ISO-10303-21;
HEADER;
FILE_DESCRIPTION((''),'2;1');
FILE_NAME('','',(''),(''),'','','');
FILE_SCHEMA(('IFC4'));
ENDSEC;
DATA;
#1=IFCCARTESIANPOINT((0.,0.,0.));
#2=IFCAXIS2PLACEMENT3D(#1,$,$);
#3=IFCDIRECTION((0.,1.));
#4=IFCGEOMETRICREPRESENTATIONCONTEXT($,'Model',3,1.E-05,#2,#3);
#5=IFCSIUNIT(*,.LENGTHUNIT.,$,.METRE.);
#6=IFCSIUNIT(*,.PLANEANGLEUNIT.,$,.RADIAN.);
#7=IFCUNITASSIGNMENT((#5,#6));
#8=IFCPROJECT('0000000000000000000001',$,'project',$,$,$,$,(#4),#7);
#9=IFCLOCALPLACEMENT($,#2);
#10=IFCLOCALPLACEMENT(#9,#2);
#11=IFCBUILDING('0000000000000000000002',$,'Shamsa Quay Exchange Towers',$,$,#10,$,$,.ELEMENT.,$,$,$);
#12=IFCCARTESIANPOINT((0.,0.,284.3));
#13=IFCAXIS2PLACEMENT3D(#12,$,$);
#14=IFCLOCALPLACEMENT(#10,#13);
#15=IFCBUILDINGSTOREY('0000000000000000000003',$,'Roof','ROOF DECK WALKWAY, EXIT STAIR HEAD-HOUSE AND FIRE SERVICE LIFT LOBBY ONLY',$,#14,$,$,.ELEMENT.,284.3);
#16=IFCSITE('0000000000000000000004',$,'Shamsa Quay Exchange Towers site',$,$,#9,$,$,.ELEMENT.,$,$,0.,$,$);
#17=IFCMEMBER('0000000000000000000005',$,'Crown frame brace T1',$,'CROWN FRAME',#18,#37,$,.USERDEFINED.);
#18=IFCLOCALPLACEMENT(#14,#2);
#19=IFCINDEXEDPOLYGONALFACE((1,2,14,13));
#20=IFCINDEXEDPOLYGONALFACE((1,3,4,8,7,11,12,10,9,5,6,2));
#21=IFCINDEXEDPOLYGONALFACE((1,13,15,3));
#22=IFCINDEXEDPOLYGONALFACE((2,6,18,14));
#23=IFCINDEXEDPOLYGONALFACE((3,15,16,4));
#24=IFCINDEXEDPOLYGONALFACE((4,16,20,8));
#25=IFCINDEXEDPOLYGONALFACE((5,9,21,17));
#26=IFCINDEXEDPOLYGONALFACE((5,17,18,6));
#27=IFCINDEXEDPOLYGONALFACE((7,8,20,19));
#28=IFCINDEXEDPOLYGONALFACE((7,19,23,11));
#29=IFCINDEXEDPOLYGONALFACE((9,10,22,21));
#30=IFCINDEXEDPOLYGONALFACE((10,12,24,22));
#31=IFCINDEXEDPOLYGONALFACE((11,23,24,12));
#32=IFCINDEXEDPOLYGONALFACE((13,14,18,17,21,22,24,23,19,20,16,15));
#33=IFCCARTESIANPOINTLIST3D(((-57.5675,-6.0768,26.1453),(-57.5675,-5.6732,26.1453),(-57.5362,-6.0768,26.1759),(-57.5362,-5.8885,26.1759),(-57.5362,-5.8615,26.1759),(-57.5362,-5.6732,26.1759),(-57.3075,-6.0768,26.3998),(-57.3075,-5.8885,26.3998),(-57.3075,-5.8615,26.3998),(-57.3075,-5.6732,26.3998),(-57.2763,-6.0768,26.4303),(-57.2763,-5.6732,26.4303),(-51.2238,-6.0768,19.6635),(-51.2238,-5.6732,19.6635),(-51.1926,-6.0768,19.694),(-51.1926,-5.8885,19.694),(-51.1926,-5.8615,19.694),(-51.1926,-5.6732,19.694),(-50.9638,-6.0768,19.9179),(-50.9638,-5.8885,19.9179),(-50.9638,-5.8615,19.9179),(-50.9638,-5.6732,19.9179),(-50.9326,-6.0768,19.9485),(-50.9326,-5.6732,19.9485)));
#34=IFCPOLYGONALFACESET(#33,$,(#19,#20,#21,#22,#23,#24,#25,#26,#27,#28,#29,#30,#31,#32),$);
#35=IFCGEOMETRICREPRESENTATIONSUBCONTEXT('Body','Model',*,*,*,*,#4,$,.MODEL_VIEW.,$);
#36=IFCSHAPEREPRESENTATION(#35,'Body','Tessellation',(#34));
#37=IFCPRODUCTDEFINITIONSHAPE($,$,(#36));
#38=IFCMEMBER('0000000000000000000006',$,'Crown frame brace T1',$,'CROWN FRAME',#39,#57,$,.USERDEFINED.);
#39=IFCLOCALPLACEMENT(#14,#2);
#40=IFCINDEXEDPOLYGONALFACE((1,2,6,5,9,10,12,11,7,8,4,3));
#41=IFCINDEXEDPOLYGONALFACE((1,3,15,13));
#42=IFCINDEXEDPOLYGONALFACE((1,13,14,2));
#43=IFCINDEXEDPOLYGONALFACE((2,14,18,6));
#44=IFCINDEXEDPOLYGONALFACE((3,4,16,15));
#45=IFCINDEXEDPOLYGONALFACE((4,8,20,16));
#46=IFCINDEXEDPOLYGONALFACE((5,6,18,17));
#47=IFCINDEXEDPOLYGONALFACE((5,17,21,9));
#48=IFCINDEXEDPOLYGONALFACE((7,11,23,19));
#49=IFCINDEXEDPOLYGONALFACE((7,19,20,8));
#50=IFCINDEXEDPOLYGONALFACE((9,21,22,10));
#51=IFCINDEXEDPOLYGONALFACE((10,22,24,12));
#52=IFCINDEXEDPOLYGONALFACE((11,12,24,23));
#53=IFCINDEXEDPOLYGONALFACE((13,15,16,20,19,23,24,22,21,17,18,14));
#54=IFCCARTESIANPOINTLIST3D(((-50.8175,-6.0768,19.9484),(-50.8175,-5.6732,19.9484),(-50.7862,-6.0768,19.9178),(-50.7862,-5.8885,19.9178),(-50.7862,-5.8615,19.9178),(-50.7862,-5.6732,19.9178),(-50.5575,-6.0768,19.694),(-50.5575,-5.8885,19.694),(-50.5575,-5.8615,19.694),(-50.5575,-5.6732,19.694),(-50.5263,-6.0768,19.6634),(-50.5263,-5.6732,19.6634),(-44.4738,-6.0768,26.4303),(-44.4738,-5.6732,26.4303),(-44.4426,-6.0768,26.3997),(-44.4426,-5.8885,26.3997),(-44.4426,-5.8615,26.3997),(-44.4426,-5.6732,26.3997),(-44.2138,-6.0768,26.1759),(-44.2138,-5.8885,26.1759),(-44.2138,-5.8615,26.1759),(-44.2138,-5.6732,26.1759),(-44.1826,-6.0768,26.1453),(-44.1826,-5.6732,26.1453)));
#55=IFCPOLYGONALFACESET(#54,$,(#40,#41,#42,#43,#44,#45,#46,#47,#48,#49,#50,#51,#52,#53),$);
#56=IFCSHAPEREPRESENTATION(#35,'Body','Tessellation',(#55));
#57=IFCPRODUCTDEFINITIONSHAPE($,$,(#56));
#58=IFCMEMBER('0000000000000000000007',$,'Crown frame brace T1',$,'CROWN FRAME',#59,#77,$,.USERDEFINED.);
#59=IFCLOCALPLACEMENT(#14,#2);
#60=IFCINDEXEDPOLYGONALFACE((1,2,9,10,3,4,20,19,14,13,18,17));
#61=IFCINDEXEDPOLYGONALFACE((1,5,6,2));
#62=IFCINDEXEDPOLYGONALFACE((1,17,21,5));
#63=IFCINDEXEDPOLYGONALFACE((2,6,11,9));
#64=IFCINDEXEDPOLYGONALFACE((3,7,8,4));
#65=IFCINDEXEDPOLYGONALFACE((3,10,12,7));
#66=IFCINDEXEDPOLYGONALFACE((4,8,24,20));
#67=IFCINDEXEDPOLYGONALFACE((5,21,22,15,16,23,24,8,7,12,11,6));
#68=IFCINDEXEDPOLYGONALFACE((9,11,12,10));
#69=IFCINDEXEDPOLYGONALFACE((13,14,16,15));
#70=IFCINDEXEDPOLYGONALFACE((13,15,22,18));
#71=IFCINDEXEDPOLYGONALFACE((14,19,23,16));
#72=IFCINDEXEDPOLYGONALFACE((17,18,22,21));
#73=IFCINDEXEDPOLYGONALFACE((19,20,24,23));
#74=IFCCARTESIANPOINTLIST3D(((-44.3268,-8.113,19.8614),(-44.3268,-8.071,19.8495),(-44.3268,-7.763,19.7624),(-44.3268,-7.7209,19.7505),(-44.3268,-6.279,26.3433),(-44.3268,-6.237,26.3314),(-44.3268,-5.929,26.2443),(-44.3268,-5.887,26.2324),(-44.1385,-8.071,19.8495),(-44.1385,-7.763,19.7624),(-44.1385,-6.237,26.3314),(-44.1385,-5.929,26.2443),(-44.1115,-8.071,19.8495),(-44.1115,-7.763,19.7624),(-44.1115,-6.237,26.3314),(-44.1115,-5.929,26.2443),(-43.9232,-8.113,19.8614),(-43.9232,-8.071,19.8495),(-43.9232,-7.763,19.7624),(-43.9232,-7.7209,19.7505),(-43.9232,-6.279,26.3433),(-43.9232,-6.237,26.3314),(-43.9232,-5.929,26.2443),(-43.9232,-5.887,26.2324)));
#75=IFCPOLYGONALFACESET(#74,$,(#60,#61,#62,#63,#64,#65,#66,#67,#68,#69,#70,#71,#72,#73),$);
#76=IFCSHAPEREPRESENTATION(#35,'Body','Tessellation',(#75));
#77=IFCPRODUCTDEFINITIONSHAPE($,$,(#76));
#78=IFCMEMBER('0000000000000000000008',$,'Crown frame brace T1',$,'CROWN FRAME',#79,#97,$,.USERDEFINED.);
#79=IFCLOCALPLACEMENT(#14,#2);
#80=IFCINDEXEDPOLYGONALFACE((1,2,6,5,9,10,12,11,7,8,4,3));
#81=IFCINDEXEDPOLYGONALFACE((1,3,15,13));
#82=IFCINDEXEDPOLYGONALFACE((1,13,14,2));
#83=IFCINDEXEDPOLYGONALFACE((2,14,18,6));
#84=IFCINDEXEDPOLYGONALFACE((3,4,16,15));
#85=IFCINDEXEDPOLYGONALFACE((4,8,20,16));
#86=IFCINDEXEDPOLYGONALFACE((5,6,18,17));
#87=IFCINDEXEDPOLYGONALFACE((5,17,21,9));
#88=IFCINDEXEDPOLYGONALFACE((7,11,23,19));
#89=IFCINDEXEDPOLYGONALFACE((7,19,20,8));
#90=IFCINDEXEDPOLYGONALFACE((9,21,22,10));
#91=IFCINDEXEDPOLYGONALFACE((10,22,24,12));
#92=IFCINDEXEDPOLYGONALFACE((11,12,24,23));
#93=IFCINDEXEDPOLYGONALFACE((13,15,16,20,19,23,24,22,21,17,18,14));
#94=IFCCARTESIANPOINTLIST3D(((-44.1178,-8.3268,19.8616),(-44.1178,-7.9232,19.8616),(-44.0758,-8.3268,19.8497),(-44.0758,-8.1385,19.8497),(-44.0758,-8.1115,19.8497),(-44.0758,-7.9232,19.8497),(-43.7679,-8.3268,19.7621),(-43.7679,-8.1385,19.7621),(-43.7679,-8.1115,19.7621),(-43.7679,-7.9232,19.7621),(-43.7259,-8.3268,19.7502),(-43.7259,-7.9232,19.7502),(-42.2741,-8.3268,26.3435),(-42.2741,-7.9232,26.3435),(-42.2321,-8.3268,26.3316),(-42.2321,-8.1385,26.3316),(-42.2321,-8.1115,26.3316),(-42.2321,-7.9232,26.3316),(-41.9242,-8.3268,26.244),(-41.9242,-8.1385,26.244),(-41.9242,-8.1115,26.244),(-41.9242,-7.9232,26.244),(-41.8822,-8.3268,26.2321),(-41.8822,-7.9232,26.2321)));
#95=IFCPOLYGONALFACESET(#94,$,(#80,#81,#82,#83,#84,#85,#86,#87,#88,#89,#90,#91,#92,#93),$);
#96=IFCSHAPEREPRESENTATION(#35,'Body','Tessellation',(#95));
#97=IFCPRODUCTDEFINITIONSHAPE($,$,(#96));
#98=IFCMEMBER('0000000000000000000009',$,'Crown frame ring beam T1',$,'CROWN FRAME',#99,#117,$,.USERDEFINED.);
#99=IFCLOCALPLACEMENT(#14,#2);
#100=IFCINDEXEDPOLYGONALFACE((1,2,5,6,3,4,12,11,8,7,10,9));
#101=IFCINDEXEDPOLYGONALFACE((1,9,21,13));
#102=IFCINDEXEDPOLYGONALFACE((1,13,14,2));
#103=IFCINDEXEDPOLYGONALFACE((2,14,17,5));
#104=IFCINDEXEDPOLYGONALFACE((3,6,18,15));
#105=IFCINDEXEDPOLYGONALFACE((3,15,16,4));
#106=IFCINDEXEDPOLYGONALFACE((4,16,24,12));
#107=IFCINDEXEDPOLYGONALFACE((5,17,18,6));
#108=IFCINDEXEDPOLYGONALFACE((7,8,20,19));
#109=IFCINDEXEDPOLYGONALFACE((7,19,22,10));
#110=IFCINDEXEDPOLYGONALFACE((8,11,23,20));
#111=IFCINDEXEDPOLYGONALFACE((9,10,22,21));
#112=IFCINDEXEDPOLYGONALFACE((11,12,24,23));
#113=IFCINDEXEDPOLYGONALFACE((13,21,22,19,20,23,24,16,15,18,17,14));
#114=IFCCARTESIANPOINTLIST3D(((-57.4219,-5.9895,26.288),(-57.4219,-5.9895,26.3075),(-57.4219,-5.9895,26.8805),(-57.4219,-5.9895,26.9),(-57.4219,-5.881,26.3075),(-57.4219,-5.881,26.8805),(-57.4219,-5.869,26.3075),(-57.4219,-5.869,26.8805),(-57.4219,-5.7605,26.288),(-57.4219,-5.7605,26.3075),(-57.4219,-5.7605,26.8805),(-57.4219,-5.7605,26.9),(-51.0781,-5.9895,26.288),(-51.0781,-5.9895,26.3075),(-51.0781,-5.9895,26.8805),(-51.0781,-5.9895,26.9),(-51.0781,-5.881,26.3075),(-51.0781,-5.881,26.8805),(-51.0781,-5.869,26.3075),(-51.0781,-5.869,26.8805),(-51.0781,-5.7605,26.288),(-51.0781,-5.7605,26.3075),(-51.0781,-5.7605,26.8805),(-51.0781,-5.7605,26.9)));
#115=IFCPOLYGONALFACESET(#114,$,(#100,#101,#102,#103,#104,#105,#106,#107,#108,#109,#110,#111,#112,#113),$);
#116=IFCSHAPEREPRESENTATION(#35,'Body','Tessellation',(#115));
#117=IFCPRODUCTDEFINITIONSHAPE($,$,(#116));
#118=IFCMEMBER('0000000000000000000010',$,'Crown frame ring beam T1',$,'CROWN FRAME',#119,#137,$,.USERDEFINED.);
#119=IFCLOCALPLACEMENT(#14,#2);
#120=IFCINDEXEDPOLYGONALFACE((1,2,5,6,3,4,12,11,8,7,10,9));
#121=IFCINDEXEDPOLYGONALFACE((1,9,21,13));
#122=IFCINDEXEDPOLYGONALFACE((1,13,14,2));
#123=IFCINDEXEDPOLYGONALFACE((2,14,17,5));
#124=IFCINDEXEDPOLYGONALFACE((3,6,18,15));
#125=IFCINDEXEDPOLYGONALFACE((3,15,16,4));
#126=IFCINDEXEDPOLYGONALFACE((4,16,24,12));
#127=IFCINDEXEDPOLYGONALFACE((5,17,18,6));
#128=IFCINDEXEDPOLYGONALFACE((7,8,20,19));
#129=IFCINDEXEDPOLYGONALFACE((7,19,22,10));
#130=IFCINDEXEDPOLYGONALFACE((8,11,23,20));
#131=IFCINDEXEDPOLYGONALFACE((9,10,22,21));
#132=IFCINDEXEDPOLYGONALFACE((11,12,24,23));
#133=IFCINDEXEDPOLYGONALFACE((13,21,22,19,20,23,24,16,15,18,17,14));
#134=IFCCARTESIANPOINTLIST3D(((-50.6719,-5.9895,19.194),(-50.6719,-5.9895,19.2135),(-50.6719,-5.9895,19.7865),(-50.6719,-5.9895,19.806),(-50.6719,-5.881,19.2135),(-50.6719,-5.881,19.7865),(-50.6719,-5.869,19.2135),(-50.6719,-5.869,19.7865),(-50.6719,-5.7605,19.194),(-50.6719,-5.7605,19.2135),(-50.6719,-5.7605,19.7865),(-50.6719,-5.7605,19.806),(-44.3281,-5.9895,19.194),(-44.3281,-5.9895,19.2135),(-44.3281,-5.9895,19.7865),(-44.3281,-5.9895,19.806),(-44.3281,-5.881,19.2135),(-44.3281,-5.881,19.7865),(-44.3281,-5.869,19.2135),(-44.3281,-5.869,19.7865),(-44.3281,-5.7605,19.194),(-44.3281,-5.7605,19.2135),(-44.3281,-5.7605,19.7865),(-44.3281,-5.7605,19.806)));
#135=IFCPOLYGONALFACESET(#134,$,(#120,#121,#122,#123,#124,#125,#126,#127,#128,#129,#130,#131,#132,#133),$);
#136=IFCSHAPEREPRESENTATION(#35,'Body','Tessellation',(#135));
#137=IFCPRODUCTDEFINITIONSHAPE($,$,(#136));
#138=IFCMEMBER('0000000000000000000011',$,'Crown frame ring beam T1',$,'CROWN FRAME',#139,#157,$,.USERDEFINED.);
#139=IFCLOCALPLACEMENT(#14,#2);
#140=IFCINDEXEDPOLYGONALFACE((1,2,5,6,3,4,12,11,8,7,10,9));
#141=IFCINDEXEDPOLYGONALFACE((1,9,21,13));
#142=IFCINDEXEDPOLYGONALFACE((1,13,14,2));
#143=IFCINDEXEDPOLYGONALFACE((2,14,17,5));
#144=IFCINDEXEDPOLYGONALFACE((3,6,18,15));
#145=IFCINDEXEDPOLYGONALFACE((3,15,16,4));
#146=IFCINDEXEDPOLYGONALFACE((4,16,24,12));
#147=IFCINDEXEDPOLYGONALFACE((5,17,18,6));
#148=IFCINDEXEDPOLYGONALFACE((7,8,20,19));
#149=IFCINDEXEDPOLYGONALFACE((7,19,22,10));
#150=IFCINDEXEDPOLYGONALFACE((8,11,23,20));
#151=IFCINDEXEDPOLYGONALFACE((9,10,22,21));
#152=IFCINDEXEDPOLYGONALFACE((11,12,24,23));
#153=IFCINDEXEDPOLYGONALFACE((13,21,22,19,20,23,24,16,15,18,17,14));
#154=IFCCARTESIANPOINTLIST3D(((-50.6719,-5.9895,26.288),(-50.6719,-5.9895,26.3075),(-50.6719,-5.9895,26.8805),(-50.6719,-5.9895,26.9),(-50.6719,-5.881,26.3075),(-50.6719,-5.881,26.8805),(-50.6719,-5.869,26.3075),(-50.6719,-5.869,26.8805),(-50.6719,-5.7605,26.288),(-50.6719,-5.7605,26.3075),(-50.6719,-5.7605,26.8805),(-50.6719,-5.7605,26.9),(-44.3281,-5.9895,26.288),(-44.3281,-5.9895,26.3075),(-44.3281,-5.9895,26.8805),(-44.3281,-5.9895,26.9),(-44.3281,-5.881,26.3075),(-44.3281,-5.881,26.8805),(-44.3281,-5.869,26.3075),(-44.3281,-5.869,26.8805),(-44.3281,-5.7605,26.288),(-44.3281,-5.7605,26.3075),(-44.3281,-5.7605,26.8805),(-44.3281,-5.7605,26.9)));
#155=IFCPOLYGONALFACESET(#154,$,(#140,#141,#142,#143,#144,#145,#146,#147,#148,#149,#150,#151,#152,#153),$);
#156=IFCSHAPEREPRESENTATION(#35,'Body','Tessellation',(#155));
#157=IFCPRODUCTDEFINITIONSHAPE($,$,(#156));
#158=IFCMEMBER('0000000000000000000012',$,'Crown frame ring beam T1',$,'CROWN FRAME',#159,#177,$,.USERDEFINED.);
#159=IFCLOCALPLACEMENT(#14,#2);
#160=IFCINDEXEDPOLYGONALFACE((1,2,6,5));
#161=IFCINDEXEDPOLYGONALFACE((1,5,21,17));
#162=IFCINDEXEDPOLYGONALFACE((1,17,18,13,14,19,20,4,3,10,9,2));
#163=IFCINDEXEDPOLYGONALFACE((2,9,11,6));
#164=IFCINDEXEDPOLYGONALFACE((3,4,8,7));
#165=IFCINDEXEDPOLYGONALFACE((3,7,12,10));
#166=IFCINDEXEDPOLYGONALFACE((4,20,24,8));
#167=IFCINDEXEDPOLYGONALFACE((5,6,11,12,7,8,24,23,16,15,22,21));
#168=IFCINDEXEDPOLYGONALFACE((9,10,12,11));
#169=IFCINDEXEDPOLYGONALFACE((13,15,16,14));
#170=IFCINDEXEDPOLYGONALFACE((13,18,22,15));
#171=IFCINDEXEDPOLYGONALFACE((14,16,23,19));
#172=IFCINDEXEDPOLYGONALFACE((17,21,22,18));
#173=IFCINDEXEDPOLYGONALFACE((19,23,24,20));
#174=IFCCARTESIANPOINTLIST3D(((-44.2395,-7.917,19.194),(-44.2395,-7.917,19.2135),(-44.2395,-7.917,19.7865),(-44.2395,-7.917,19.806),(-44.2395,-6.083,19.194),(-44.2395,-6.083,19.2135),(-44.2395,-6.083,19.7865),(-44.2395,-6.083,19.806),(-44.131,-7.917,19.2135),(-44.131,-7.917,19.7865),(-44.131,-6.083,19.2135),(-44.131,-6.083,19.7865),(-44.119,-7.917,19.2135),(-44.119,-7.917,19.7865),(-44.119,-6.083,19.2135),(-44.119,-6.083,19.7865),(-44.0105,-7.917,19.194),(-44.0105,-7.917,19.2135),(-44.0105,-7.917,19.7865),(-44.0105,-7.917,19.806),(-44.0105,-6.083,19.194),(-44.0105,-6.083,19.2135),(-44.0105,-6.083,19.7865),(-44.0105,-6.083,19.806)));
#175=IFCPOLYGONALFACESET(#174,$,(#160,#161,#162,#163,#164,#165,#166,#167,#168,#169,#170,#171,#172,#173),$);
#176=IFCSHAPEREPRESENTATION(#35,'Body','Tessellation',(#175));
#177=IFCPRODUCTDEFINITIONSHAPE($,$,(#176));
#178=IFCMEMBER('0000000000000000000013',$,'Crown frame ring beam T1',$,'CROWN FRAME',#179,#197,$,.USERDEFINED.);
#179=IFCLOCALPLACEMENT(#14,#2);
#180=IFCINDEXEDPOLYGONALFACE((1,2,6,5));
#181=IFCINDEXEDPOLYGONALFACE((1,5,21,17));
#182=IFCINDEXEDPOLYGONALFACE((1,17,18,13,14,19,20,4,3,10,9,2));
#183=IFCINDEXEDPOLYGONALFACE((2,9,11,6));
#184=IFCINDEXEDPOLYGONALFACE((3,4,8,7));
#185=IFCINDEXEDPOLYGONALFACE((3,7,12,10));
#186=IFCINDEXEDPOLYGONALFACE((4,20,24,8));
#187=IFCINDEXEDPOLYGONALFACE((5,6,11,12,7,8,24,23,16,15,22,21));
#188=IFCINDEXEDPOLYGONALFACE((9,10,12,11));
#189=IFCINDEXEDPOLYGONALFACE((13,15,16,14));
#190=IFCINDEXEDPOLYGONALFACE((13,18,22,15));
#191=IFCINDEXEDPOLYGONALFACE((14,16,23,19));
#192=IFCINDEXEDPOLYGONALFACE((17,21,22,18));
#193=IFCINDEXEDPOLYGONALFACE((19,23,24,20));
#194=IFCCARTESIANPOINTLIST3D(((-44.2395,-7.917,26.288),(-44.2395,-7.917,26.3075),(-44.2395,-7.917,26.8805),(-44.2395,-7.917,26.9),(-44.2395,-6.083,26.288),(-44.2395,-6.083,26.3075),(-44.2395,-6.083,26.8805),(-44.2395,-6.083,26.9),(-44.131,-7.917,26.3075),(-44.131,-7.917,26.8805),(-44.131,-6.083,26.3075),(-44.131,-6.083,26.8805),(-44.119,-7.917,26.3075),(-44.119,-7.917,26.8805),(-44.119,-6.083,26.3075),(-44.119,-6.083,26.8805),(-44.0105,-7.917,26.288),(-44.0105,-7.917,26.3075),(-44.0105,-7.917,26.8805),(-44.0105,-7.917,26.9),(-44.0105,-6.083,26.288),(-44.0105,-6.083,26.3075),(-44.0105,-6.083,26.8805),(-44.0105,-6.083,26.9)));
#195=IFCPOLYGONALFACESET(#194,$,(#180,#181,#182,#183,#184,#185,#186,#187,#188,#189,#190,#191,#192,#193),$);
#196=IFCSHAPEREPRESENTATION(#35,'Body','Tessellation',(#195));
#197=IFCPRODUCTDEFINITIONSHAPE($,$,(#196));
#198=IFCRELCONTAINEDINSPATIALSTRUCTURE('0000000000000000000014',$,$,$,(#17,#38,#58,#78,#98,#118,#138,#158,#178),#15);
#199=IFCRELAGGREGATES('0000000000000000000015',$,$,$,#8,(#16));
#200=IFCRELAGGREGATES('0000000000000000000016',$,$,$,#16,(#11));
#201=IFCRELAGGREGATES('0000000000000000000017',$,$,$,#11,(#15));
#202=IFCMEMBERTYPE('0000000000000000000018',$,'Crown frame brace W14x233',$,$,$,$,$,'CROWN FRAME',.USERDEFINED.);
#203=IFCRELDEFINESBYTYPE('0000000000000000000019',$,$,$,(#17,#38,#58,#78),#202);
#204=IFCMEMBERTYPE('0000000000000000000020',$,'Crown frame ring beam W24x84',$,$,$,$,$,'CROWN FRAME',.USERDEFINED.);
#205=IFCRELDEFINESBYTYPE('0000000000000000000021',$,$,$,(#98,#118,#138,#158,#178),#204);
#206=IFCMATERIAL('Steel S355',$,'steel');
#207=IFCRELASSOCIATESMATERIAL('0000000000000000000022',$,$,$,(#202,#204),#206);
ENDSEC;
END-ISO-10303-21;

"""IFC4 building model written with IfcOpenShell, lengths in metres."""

from ifc_helpers import new_model, si_unit, direction, frame, origin, origin_2d, place, context, subcontext, project, spatial, i_section, extrude, material, material_profile, profile_set, type_object, element, save


model = new_model("IFC4")

# Units and contexts
model_context = context("Model", 3, precision=1e-05, world=origin(), true_north=direction((0.0, 1.0)))
body_context = subcontext(model_context, "Body", "Model", "MODEL_VIEW")
ifc_project = project(units=[si_unit("LENGTHUNIT", "METRE"), si_unit("PLANEANGLEUNIT", "RADIAN")], contexts=[model_context])

# Site, building, storey
site_placement = place(None, origin())
site = spatial("IfcSite", under=ifc_project, at=site_placement, Name="Shamsa Quay Exchange Towers site", CompositionType="ELEMENT", RefElevation=0.0)
building_placement = place(site_placement, origin())
building = spatial("IfcBuilding", under=site, at=building_placement, Name="Shamsa Quay Exchange Towers", CompositionType="ELEMENT")
storey_placement = place(building_placement, frame((0.0, 0.0, 284.3)))
storey = spatial("IfcBuildingStorey", under=building, at=storey_placement, Name="Roof", Description="ROOF DECK WALKWAY, EXIT STAIR HEAD-HOUSE AND FIRE SERVICE LIFT LOBBY ONLY", CompositionType="ELEMENT", Elevation=284.3)

# Members
ifc_material_1 = material(Name="Steel S355", Category="steel")
ifc_material_profile_1 = material_profile(ifc_material_1, i_section(OverallWidth=0.4036, OverallDepth=0.4075, WebThickness=0.0271, FlangeThickness=0.0437, at=origin_2d()), Name="W14x233")
ifc_profile_set_1 = profile_set([ifc_material_profile_1], Name="Steel S355")
member_type_1 = type_object("IfcMemberType", Name="Crown frame brace W14x233", ElementType="CROWN FRAME", PredefinedType="USERDEFINED", material=ifc_profile_set_1)
for number, where, z_axis, x_axis, name in (
    (1, (-57.4219, -5.875, 26.2878), (0.699448, 0.0, -0.714684), (0.0, 1.0, 0.0), "Crown frame brace T1"),
    (2, (-50.6719, -5.875, 19.8059), (0.699448, 0.0, 0.714684), (0.0, 1.0, 0.0), "Crown frame brace T1"),
):
    element("IfcMember", number, at=place(storey_placement, frame(where, z_axis=z_axis, x_axis=x_axis)), inside=storey, type_object=member_type_1, Name=name, ObjectType="CROWN FRAME", PredefinedType="USERDEFINED", context=body_context, shape_type="SweptSolid", body=[
        extrude(i_section(OverallWidth=0.4036, OverallDepth=0.4075, WebThickness=0.0271, FlangeThickness=0.0437, at=origin_2d()), origin(), (0.0, 0.0, 1.0), 9.0696),
    ])
member_1_placement = place(storey_placement, frame((-44.125, -6.083, 26.2878), z_axis=(0.0, -0.27225, -0.962226), x_axis=(1.0, 0.0, 0.0)))
element("IfcMember", 3, at=member_1_placement, inside=storey, type_object=member_type_1, Name="Crown frame brace T1", ObjectType="CROWN FRAME", PredefinedType="USERDEFINED", context=body_context, shape_type="SweptSolid", body=[
    extrude(i_section(OverallWidth=0.4036, OverallDepth=0.4075, WebThickness=0.0271, FlangeThickness=0.0437, at=origin_2d()), origin(), (0.0, 0.0, 1.0), 6.7363),
])
member_2_placement = place(storey_placement, frame((-43.9219, -8.125, 19.8059), z_axis=(0.273592, 0.0, 0.961846), x_axis=(0.0, 1.0, 0.0)))
element("IfcMember", 4, at=member_2_placement, inside=storey, type_object=member_type_1, Name="Crown frame brace T1", ObjectType="CROWN FRAME", PredefinedType="USERDEFINED", context=body_context, shape_type="SweptSolid", body=[
    extrude(i_section(OverallWidth=0.4036, OverallDepth=0.4075, WebThickness=0.0271, FlangeThickness=0.0437, at=origin_2d()), origin(), (0.0, 0.0, 1.0), 6.739),
])
ifc_material_profile_2 = material_profile(ifc_material_1, i_section(OverallWidth=0.229, OverallDepth=0.6121, WebThickness=0.012, FlangeThickness=0.0195, at=origin_2d()), Name="W24x84")
ifc_profile_set_2 = profile_set([ifc_material_profile_2], Name="Steel S355")
member_type_2 = type_object("IfcMemberType", Name="Crown frame ring beam W24x84", ElementType="CROWN FRAME", PredefinedType="USERDEFINED", material=ifc_profile_set_2)
for number, where, z_axis, x_axis, name in (
    (5, (-57.4219, -5.875, 26.594), (1.0, 0.0, 0.0), (0.0, 1.0, 0.0), "Crown frame ring beam T1"),
    (6, (-50.6719, -5.875, 19.5), (1.0, 0.0, 0.0), (0.0, 1.0, 0.0), "Crown frame ring beam T1"),
    (7, (-50.6719, -5.875, 26.594), (1.0, 0.0, 0.0), (0.0, 1.0, 0.0), "Crown frame ring beam T1"),
):
    element("IfcMember", number, at=place(storey_placement, frame(where, z_axis=z_axis, x_axis=x_axis)), inside=storey, type_object=member_type_2, Name=name, ObjectType="CROWN FRAME", PredefinedType="USERDEFINED", context=body_context, shape_type="SweptSolid", body=[
        extrude(i_section(OverallWidth=0.229, OverallDepth=0.6121, WebThickness=0.012, FlangeThickness=0.0195, at=origin_2d()), origin(), (0.0, 0.0, 1.0), 6.3438),
    ])
for number, where, z_axis, x_axis, name in (
    (8, (-44.125, -6.083, 19.5), (0.0, -1.0, 0.0), (1.0, 0.0, 0.0), "Crown frame ring beam T1"),
    (9, (-44.125, -6.083, 26.594), (0.0, -1.0, 0.0), (1.0, 0.0, 0.0), "Crown frame ring beam T1"),
):
    element("IfcMember", number, at=place(storey_placement, frame(where, z_axis=z_axis, x_axis=x_axis)), inside=storey, type_object=member_type_2, Name=name, ObjectType="CROWN FRAME", PredefinedType="USERDEFINED", context=body_context, shape_type="SweptSolid", body=[
        extrude(i_section(OverallWidth=0.229, OverallDepth=0.6121, WebThickness=0.012, FlangeThickness=0.0195, at=origin_2d()), origin(), (0.0, 0.0, 1.0), 1.834),
    ])

save(model, "model.ifc")
